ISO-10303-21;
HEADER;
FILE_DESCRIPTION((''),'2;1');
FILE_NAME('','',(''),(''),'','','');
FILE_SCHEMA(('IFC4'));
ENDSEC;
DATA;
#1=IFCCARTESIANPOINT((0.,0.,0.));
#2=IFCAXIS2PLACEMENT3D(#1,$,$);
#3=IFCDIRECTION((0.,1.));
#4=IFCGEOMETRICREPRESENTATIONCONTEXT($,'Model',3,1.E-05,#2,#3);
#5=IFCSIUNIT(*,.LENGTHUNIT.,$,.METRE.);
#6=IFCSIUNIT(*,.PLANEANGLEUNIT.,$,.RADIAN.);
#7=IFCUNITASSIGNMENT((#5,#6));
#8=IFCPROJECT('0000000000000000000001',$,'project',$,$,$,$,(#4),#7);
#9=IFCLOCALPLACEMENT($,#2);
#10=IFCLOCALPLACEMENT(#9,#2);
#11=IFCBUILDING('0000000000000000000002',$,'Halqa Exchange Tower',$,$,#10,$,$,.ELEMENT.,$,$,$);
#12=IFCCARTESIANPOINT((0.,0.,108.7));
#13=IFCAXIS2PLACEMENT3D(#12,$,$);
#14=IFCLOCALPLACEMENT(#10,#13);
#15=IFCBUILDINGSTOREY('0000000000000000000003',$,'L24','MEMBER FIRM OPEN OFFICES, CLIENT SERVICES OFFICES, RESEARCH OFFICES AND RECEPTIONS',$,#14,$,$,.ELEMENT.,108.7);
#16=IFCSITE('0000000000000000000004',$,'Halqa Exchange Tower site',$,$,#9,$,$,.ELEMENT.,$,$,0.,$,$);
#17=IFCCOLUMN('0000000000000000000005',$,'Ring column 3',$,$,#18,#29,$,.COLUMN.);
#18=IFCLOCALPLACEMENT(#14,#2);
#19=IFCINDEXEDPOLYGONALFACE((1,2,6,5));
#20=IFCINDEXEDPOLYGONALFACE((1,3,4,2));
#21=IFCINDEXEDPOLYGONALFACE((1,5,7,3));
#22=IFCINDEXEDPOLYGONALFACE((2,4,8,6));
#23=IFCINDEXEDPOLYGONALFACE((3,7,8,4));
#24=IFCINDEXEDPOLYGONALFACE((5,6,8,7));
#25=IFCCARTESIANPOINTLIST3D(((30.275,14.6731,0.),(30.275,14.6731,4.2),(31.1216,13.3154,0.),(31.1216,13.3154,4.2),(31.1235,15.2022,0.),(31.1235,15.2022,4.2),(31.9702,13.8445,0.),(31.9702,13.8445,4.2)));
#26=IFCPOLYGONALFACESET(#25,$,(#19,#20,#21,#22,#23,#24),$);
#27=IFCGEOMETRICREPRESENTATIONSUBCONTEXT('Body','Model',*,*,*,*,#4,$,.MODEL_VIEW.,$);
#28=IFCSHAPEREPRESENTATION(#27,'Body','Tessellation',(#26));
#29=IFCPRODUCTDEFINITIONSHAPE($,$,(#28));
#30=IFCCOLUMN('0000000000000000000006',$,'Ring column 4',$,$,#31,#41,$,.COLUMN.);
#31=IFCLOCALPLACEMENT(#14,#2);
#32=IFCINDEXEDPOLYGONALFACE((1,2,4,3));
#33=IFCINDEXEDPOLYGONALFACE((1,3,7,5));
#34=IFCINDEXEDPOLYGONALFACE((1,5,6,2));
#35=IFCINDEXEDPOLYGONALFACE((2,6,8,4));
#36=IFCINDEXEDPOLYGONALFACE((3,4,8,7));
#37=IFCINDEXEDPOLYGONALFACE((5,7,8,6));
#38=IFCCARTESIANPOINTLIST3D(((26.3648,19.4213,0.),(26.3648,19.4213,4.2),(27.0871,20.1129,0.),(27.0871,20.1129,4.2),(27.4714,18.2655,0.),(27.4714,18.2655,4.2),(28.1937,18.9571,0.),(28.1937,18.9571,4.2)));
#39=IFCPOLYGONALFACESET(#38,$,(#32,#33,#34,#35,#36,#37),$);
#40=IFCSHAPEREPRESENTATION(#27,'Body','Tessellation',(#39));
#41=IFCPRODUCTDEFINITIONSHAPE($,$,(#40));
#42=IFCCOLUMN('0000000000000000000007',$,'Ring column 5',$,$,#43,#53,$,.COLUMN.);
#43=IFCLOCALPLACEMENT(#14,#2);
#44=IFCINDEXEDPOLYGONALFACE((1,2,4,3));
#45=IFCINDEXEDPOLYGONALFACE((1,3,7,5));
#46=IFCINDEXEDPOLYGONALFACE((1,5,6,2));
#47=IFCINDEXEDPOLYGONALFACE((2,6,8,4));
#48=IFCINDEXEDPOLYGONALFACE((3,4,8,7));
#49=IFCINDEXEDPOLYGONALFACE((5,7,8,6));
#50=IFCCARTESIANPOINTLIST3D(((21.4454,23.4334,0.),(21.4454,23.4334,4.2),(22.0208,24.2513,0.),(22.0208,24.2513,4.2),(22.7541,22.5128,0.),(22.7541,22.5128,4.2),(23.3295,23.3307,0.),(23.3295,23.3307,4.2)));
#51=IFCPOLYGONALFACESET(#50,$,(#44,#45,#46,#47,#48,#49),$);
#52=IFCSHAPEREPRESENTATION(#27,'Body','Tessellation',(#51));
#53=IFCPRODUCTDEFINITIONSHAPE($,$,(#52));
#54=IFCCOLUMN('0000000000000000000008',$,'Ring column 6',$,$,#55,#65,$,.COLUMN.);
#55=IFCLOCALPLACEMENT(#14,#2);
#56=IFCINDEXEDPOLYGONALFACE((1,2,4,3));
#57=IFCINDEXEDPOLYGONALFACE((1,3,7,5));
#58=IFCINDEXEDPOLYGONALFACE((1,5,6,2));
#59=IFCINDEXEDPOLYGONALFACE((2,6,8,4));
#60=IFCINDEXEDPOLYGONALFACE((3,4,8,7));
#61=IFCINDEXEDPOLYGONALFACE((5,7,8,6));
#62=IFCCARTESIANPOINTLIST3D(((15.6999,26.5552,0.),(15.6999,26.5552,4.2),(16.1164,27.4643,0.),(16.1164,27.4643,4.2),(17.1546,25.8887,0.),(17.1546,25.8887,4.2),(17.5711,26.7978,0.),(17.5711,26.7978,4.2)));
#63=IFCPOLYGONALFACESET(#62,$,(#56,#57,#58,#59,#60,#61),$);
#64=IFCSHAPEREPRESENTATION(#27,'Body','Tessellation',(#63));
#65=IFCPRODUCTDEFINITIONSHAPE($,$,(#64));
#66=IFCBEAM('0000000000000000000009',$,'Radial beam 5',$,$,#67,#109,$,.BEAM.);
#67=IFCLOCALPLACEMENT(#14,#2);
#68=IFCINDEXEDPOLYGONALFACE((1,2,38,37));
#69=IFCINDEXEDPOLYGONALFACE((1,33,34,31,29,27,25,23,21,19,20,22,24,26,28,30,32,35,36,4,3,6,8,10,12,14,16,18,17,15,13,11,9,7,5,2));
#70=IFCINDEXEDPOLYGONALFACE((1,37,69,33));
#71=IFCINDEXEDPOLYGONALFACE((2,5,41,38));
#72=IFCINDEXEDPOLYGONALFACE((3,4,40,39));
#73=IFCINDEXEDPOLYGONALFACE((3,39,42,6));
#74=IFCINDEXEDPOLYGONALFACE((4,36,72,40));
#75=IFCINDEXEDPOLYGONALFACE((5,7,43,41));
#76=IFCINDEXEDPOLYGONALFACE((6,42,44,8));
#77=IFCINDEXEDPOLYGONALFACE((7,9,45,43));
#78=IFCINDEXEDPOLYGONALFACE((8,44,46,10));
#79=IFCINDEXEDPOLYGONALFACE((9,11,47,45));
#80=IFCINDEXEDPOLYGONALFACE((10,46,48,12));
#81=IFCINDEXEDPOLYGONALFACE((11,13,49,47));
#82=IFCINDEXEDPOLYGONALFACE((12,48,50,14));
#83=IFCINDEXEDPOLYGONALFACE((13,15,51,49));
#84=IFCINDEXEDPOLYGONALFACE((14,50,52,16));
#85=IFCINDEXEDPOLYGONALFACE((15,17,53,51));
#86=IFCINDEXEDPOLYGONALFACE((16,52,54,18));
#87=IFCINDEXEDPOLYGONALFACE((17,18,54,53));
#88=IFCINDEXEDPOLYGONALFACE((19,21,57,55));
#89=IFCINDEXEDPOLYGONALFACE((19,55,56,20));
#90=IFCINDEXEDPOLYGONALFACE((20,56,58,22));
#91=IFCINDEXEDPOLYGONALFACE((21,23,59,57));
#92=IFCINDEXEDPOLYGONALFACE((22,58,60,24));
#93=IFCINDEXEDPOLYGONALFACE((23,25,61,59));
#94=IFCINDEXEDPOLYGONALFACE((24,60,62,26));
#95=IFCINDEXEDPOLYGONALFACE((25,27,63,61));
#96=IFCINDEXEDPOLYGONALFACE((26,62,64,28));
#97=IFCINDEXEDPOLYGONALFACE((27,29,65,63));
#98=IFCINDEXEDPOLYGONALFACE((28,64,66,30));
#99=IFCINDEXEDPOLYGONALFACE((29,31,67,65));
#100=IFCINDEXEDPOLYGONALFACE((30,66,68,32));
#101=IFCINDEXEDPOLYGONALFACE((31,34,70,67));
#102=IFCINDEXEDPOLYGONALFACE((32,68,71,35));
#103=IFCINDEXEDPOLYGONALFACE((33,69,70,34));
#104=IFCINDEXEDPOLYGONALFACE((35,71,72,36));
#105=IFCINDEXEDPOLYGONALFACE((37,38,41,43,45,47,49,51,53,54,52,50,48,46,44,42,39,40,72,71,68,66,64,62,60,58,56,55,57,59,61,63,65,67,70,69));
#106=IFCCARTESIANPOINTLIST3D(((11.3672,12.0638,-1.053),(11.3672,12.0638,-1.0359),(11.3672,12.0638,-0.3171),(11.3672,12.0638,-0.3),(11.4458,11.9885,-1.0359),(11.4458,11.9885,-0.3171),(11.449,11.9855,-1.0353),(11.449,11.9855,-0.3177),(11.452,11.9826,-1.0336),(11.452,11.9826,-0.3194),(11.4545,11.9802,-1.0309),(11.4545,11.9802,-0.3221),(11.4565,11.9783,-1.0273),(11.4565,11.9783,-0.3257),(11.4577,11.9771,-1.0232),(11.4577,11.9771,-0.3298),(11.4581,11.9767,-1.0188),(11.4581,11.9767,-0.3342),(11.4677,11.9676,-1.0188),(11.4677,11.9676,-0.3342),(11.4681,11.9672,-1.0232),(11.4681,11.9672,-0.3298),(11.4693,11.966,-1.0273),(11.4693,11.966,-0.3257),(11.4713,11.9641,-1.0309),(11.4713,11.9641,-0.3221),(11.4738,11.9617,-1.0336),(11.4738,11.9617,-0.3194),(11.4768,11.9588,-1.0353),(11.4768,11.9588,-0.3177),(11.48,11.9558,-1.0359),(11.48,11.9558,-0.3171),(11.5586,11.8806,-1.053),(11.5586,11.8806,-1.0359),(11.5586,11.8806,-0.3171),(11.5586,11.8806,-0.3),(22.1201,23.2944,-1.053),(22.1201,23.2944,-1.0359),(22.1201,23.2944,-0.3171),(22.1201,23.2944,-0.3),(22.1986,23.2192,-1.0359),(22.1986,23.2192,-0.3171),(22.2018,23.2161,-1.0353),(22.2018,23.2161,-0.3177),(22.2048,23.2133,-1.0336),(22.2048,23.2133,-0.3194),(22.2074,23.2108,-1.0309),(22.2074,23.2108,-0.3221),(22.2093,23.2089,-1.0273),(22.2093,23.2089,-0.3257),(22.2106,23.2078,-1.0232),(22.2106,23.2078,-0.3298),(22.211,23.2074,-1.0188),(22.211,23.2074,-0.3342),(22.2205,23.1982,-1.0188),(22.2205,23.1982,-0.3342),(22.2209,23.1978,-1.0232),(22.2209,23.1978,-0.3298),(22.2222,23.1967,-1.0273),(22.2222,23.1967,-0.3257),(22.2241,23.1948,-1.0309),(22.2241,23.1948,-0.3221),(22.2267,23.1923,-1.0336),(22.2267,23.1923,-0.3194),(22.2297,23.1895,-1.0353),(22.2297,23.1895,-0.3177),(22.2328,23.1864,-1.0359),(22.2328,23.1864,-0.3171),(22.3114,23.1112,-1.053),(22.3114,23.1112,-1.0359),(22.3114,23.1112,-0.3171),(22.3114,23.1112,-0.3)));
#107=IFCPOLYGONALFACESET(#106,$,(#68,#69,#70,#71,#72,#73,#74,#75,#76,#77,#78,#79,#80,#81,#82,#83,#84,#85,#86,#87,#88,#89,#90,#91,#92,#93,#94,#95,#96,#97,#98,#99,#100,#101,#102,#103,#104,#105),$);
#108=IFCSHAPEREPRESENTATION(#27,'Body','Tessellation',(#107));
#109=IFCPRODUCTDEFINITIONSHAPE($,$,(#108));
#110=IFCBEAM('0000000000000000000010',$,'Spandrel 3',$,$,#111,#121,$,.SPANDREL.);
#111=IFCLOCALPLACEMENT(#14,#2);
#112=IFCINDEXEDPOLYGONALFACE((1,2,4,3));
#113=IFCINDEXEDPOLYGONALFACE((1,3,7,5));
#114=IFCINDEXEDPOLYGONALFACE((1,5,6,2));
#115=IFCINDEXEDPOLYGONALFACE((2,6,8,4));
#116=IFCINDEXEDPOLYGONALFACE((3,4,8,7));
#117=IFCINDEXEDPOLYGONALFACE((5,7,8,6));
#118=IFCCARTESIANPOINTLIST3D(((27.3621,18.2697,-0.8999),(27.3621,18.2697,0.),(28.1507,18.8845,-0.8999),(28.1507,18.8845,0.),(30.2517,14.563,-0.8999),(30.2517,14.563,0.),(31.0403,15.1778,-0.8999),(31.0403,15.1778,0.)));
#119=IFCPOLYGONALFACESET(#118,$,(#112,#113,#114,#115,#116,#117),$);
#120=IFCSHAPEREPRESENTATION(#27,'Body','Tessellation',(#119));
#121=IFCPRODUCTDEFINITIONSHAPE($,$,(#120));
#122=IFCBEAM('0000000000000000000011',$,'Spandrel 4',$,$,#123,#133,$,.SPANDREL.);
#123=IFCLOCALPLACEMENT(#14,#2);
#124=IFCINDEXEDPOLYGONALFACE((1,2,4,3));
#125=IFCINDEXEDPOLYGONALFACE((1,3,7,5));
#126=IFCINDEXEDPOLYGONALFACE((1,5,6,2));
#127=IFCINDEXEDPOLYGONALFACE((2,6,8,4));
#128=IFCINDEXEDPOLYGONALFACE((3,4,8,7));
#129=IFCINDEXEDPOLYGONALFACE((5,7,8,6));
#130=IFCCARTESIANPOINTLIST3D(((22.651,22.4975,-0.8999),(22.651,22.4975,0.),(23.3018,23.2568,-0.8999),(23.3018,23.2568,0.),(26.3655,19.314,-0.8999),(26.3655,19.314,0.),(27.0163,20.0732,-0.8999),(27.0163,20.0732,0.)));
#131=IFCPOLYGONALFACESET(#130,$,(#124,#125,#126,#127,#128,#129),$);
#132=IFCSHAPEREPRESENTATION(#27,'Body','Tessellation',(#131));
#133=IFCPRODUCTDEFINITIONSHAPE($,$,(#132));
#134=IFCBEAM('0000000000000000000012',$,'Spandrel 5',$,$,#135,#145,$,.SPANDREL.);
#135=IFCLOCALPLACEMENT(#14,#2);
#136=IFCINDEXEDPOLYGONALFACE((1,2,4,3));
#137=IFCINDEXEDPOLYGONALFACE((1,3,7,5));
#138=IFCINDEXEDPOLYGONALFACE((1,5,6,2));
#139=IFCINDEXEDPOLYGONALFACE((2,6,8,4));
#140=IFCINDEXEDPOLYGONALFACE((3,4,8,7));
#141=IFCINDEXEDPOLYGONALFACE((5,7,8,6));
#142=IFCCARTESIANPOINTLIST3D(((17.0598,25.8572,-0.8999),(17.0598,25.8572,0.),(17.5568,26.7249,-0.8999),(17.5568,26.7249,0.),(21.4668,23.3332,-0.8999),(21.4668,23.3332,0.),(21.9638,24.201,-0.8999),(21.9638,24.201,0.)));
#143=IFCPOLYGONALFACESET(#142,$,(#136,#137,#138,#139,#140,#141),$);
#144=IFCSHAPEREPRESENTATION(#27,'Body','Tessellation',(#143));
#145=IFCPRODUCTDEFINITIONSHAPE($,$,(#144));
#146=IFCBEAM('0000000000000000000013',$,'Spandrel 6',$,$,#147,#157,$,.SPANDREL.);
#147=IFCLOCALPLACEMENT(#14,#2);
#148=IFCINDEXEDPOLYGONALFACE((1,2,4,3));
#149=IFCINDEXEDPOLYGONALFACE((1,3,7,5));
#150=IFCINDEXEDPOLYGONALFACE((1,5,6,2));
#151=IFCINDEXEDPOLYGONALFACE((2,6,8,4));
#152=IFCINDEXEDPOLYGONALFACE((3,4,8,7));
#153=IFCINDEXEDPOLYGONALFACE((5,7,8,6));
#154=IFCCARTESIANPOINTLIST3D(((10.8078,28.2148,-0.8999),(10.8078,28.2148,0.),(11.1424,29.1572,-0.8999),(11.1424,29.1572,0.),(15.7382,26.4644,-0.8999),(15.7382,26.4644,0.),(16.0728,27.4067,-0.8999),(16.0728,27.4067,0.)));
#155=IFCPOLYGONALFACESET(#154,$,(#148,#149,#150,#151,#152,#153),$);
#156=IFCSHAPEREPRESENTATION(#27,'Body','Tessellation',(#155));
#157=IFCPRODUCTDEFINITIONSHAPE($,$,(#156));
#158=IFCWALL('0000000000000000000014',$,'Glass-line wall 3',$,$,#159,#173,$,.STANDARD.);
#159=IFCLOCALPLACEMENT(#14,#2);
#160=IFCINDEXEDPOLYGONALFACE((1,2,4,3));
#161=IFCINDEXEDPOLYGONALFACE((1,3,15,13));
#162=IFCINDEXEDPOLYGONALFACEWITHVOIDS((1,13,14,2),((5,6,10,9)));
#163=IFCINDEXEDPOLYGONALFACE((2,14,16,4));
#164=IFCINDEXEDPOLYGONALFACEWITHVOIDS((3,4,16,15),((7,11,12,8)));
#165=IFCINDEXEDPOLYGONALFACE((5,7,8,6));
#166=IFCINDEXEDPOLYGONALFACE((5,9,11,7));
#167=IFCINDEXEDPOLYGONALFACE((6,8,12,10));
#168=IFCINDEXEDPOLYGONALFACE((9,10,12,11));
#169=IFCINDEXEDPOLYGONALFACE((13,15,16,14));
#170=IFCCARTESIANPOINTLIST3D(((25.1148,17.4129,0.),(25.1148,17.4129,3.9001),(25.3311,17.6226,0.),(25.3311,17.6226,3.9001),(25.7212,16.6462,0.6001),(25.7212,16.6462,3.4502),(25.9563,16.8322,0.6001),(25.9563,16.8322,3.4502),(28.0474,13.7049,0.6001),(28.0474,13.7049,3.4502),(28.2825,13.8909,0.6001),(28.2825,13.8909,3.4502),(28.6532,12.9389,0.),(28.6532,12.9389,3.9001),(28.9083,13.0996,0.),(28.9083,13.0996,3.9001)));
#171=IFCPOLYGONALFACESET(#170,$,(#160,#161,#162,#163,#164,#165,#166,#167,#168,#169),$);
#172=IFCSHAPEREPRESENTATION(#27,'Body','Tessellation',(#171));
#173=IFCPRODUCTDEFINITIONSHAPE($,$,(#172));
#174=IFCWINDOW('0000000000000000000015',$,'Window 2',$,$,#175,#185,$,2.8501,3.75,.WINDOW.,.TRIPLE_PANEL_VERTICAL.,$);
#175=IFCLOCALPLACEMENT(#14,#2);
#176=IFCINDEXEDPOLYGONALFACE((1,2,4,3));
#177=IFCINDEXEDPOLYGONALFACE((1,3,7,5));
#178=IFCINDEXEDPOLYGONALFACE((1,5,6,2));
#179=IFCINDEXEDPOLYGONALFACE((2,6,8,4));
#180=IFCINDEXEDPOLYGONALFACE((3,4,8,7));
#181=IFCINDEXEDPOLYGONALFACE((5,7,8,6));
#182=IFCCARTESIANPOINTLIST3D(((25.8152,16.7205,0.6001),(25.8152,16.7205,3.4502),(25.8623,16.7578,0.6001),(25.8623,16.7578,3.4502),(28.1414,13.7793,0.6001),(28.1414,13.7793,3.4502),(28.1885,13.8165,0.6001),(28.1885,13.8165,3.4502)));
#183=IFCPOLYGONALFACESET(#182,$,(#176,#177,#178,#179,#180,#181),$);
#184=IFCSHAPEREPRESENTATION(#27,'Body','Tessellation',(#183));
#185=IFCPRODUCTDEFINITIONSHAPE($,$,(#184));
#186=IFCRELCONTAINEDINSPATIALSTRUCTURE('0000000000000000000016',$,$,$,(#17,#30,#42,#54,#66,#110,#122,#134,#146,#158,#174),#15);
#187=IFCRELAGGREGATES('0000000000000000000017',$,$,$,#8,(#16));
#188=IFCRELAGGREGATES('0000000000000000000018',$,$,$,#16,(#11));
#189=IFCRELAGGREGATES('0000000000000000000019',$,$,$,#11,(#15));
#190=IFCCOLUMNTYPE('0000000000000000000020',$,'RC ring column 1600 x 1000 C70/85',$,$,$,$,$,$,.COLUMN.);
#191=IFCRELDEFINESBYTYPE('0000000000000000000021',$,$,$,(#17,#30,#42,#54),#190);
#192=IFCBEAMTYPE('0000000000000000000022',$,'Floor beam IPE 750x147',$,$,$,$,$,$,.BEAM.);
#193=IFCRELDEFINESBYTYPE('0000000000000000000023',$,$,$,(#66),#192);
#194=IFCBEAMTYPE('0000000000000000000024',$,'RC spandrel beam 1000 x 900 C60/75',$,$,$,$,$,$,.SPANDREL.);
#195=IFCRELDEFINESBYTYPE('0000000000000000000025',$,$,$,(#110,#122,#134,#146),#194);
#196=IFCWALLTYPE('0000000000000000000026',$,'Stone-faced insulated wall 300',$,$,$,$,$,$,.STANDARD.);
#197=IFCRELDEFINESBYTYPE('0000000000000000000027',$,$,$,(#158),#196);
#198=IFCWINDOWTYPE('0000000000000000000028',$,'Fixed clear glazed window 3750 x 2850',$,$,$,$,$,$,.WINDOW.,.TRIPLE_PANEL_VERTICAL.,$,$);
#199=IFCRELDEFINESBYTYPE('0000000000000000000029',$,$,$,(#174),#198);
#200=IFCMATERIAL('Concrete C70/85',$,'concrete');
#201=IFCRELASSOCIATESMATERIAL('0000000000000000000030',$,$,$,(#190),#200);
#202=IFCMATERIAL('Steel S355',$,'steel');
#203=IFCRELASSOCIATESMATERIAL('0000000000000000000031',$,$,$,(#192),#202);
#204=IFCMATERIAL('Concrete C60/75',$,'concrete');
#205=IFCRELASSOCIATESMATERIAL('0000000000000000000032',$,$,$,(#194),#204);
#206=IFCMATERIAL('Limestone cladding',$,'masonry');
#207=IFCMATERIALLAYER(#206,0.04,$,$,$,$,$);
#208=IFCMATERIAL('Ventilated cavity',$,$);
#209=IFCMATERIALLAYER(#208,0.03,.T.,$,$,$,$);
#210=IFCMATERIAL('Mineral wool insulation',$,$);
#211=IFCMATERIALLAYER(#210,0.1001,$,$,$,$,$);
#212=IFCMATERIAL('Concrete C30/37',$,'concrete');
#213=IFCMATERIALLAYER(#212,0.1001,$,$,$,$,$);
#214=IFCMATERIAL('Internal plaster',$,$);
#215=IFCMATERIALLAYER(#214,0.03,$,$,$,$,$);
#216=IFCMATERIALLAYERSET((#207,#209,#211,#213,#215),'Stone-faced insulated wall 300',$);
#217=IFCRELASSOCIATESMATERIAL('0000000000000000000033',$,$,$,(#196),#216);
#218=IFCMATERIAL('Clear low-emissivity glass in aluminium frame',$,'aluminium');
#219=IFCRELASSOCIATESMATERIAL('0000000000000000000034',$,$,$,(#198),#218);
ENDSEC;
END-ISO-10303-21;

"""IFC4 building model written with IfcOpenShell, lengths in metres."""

from ifc_helpers import new_model, si_unit, direction, frame, frame_2d, origin, origin_2d, place, context, subcontext, project, spatial, polyline, rectangle, i_section, outline, extrude, material, layer, layer_set, material_profile, profile_set, type_object, element, fill, save


model = new_model("IFC4")

# Units and contexts
model_context = context("Model", 3, precision=1e-05, world=origin(), true_north=direction((0.0, 1.0)))
body_context = subcontext(model_context, "Body", "Model", "MODEL_VIEW")
ifc_project = project(units=[si_unit("LENGTHUNIT", "METRE"), si_unit("PLANEANGLEUNIT", "RADIAN")], contexts=[model_context])

# Site, building, storey
site_placement = place(None, origin())
site = spatial("IfcSite", under=ifc_project, at=site_placement, Name="Halqa Exchange Tower site", CompositionType="ELEMENT", RefElevation=0.0)
building_placement = place(site_placement, origin())
building = spatial("IfcBuilding", under=site, at=building_placement, Name="Halqa Exchange Tower", CompositionType="ELEMENT")
storey_placement = place(building_placement, frame((0.0, 0.0, 108.7)))
storey = spatial("IfcBuildingStorey", under=building, at=storey_placement, Name="L24", Description="MEMBER FIRM OPEN OFFICES, CLIENT SERVICES OFFICES, RESEARCH OFFICES AND RECEPTIONS", CompositionType="ELEMENT", Elevation=108.7)

# Columns
ifc_material_1 = material(Name="Concrete C70/85", Category="concrete")
ifc_material_profile_1 = material_profile(ifc_material_1, rectangle(XDim=1.6001, YDim=1.0, at=origin_2d()), Name="1600 x 1000")
ifc_profile_set_1 = profile_set([ifc_material_profile_1], Name="Concrete C70/85")
column_type = type_object("IfcColumnType", Name="RC ring column 1600 x 1000 C70/85", PredefinedType="COLUMN", material=ifc_profile_set_1)
for number, where, z_axis, x_axis, name in (
    (1, (31.1226, 14.2588, 0.0), (0.0, 0.0, 1.0), (-0.529139, 0.848535, 0.0), "Ring column 3"),
    (2, (27.2793, 19.1892, 0.0), (0.0, 0.0, 1.0), (-0.691581, 0.722299, 0.0), "Ring column 4"),
    (3, (22.3875, 23.3821, 0.0), (0.0, 0.0, 1.0), (-0.817911, 0.575345, 0.0), "Ring column 5"),
    (4, (16.6355, 26.6765, 0.0), (0.0, 0.0, 1.0), (-0.909128, 0.416517, 0.0), "Ring column 6"),
):
    element("IfcColumn", number, at=place(storey_placement, frame(where, z_axis=z_axis, x_axis=x_axis)), inside=storey, type_object=column_type, Name=name, PredefinedType="COLUMN", context=body_context, shape_type="SweptSolid", body=[
        extrude(rectangle(XDim=1.6001, YDim=1.0, at=origin_2d()), origin(), (0.0, 0.0, 1.0), 4.2),
    ])

# Beams
ifc_material_2 = material(Name="Steel S355", Category="steel")
ifc_material_profile_2 = material_profile(ifc_material_2, i_section(OverallWidth=0.2649, OverallDepth=0.7529, WebThickness=0.0132, FlangeThickness=0.0171, FilletRadius=0.0171, at=origin_2d()), Name="IPE 750x147")
ifc_profile_set_2 = profile_set([ifc_material_profile_2], Name="Steel S355")
beam_type_1 = type_object("IfcBeamType", Name="Floor beam IPE 750x147", PredefinedType="BEAM", material=ifc_profile_set_2)
beam_1_placement = place(storey_placement, frame((11.4629, 11.9722, -0.6765), z_axis=(0.691576, 0.722304, 0.0), x_axis=(-0.722304, 0.691576, 0.0)))
element("IfcBeam", 5, at=beam_1_placement, inside=storey, type_object=beam_type_1, Name="Radial beam 5", PredefinedType="BEAM", context=body_context, shape_type="SweptSolid", body=[
    extrude(i_section(OverallWidth=0.2649, OverallDepth=0.7529, WebThickness=0.0132, FlangeThickness=0.0171, FilletRadius=0.0171, at=origin_2d()), origin(), (0.0, 0.0, 1.0), 15.5483),
])
ifc_material_3 = material(Name="Concrete C60/75", Category="concrete")
ifc_material_profile_3 = material_profile(ifc_material_3, rectangle(XDim=1.0, YDim=0.8999, at=origin_2d()), Name="1000 x 900")
ifc_profile_set_3 = profile_set([ifc_material_profile_3], Name="Concrete C60/75")
beam_type_2 = type_object("IfcBeamType", Name="RC spandrel beam 1000 x 900 C60/75", PredefinedType="SPANDREL", material=ifc_profile_set_3)
beam_2_placement = place(storey_placement, frame((30.646, 14.8704, -0.45), z_axis=(-0.614814, 0.788672, 0.0), x_axis=(-0.788672, -0.614814, 0.0)))
element("IfcBeam", 6, at=beam_2_placement, inside=storey, type_object=beam_type_2, Name="Spandrel 3", PredefinedType="SPANDREL", context=body_context, shape_type="SweptSolid", body=[
    extrude(rectangle(XDim=1.0, YDim=0.8999, at=origin_2d()), origin(), (0.0, 0.0, 1.0), 4.7),
])
beam_3_placement = place(storey_placement, frame((26.6909, 19.6936, -0.45), z_axis=(-0.759292, 0.65075, 0.0), x_axis=(-0.65075, -0.759292, 0.0)))
element("IfcBeam", 7, at=beam_3_placement, inside=storey, type_object=beam_type_2, Name="Spandrel 4", PredefinedType="SPANDREL", context=body_context, shape_type="SweptSolid", body=[
    extrude(rectangle(XDim=1.0, YDim=0.8999, at=origin_2d()), origin(), (0.0, 0.0, 1.0), 4.8921),
])
beam_4_placement = place(storey_placement, frame((21.7153, 23.7671, -0.45), z_axis=(-0.867763, 0.496977, 0.0), x_axis=(-0.496977, -0.867763, 0.0)))
element("IfcBeam", 8, at=beam_4_placement, inside=storey, type_object=beam_type_2, Name="Spandrel 5", PredefinedType="SPANDREL", context=body_context, shape_type="SweptSolid", body=[
    extrude(rectangle(XDim=1.0, YDim=0.8999, at=origin_2d()), origin(), (0.0, 0.0, 1.0), 5.0786),
])
beam_5_placement = place(storey_placement, frame((15.9055, 26.9355, -0.45), z_axis=(-0.942368, 0.334577, 0.0), x_axis=(-0.334577, -0.942368, 0.0)))
element("IfcBeam", 9, at=beam_5_placement, inside=storey, type_object=beam_type_2, Name="Spandrel 6", PredefinedType="SPANDREL", context=body_context, shape_type="SweptSolid", body=[
    extrude(rectangle(XDim=1.0, YDim=0.8999, at=origin_2d()), origin(), (0.0, 0.0, 1.0), 5.2319),
])

# Wall, opening, window
ifc_material_4 = material(Name="Limestone cladding", Category="masonry")
ifc_layer_1 = layer(ifc_material_4, 0.04)
ifc_material_5 = material(Name="Ventilated cavity")
ifc_layer_2 = layer(ifc_material_5, 0.03, ventilated=True)
ifc_material_6 = material(Name="Mineral wool insulation")
ifc_layer_3 = layer(ifc_material_6, 0.1001)
ifc_material_7 = material(Name="Concrete C30/37", Category="concrete")
ifc_layer_4 = layer(ifc_material_7, 0.1001)
ifc_material_8 = material(Name="Internal plaster")
ifc_layer_5 = layer(ifc_material_8, 0.03)
ifc_layer_set = layer_set([ifc_layer_1, ifc_layer_2, ifc_layer_3, ifc_layer_4, ifc_layer_5], Name="Stone-faced insulated wall 300")
wall_type = type_object("IfcWallType", Name="Stone-faced insulated wall 300", PredefinedType="STANDARD", material=ifc_layer_set)
wall_1_placement = place(storey_placement, frame((28.7808, 13.0193, 0.0), z_axis=(0.0, 0.0, 1.0), x_axis=(-0.62033, 0.784341, 0.0)))
wall_1 = element("IfcWall", 10, at=wall_1_placement, inside=storey, type_object=wall_type, Name="Glass-line wall 3", PredefinedType="STANDARD", context=body_context, shape_type="SweptSolid", body=[
    extrude(outline(polyline([(-0.0161, -0.1499), (5.7505, -0.1499), (5.7202, 0.1499), (0.0161, 0.1499), (-0.0161, -0.1499)])), origin(), (0.0, 0.0, 1.0), 3.9001),
])
opening_1_placement = place(wall_1_placement, frame((0.9927, 0.0, 0.6001)))
opening_1 = element("IfcOpeningElement", 11, at=opening_1_placement, cuts=wall_1, PredefinedType="OPENING", context=body_context, shape_type="SweptSolid", body=[
    extrude(rectangle(XDim=3.75, YDim=2.8501, at=frame_2d((1.875, 1.425))), frame((0.0, 0.1621, 0.0), z_axis=(0.0, -1.0, 0.0), x_axis=(1.0, 0.0, 0.0)), (0.0, 0.0, 1.0), 0.324),
])
ifc_material_9 = material(Name="Clear low-emissivity glass in aluminium frame", Category="aluminium")
window_type = type_object("IfcWindowType", Name="Fixed clear glazed window 3750 x 2850", PartitioningType="TRIPLE_PANEL_VERTICAL", PredefinedType="WINDOW", material=ifc_material_9)
window_1_placement = place(opening_1_placement, origin())
window_1 = element("IfcWindow", 12, at=window_1_placement, inside=storey, type_object=window_type, Name="Window 2", OverallHeight=2.8501, OverallWidth=3.75, PartitioningType="TRIPLE_PANEL_VERTICAL", PredefinedType="WINDOW", context=body_context, shape_type="SweptSolid", body=[
    extrude(rectangle(XDim=3.75, YDim=2.8501, at=frame_2d((1.875, 1.425))), frame((0.0, 0.03, 0.0), z_axis=(0.0, -1.0, 0.0), x_axis=(1.0, 0.0, 0.0)), (0.0, 0.0, 1.0), 0.0601),
])
fill(opening_1, window_1)

save(model, "model.ifc")
